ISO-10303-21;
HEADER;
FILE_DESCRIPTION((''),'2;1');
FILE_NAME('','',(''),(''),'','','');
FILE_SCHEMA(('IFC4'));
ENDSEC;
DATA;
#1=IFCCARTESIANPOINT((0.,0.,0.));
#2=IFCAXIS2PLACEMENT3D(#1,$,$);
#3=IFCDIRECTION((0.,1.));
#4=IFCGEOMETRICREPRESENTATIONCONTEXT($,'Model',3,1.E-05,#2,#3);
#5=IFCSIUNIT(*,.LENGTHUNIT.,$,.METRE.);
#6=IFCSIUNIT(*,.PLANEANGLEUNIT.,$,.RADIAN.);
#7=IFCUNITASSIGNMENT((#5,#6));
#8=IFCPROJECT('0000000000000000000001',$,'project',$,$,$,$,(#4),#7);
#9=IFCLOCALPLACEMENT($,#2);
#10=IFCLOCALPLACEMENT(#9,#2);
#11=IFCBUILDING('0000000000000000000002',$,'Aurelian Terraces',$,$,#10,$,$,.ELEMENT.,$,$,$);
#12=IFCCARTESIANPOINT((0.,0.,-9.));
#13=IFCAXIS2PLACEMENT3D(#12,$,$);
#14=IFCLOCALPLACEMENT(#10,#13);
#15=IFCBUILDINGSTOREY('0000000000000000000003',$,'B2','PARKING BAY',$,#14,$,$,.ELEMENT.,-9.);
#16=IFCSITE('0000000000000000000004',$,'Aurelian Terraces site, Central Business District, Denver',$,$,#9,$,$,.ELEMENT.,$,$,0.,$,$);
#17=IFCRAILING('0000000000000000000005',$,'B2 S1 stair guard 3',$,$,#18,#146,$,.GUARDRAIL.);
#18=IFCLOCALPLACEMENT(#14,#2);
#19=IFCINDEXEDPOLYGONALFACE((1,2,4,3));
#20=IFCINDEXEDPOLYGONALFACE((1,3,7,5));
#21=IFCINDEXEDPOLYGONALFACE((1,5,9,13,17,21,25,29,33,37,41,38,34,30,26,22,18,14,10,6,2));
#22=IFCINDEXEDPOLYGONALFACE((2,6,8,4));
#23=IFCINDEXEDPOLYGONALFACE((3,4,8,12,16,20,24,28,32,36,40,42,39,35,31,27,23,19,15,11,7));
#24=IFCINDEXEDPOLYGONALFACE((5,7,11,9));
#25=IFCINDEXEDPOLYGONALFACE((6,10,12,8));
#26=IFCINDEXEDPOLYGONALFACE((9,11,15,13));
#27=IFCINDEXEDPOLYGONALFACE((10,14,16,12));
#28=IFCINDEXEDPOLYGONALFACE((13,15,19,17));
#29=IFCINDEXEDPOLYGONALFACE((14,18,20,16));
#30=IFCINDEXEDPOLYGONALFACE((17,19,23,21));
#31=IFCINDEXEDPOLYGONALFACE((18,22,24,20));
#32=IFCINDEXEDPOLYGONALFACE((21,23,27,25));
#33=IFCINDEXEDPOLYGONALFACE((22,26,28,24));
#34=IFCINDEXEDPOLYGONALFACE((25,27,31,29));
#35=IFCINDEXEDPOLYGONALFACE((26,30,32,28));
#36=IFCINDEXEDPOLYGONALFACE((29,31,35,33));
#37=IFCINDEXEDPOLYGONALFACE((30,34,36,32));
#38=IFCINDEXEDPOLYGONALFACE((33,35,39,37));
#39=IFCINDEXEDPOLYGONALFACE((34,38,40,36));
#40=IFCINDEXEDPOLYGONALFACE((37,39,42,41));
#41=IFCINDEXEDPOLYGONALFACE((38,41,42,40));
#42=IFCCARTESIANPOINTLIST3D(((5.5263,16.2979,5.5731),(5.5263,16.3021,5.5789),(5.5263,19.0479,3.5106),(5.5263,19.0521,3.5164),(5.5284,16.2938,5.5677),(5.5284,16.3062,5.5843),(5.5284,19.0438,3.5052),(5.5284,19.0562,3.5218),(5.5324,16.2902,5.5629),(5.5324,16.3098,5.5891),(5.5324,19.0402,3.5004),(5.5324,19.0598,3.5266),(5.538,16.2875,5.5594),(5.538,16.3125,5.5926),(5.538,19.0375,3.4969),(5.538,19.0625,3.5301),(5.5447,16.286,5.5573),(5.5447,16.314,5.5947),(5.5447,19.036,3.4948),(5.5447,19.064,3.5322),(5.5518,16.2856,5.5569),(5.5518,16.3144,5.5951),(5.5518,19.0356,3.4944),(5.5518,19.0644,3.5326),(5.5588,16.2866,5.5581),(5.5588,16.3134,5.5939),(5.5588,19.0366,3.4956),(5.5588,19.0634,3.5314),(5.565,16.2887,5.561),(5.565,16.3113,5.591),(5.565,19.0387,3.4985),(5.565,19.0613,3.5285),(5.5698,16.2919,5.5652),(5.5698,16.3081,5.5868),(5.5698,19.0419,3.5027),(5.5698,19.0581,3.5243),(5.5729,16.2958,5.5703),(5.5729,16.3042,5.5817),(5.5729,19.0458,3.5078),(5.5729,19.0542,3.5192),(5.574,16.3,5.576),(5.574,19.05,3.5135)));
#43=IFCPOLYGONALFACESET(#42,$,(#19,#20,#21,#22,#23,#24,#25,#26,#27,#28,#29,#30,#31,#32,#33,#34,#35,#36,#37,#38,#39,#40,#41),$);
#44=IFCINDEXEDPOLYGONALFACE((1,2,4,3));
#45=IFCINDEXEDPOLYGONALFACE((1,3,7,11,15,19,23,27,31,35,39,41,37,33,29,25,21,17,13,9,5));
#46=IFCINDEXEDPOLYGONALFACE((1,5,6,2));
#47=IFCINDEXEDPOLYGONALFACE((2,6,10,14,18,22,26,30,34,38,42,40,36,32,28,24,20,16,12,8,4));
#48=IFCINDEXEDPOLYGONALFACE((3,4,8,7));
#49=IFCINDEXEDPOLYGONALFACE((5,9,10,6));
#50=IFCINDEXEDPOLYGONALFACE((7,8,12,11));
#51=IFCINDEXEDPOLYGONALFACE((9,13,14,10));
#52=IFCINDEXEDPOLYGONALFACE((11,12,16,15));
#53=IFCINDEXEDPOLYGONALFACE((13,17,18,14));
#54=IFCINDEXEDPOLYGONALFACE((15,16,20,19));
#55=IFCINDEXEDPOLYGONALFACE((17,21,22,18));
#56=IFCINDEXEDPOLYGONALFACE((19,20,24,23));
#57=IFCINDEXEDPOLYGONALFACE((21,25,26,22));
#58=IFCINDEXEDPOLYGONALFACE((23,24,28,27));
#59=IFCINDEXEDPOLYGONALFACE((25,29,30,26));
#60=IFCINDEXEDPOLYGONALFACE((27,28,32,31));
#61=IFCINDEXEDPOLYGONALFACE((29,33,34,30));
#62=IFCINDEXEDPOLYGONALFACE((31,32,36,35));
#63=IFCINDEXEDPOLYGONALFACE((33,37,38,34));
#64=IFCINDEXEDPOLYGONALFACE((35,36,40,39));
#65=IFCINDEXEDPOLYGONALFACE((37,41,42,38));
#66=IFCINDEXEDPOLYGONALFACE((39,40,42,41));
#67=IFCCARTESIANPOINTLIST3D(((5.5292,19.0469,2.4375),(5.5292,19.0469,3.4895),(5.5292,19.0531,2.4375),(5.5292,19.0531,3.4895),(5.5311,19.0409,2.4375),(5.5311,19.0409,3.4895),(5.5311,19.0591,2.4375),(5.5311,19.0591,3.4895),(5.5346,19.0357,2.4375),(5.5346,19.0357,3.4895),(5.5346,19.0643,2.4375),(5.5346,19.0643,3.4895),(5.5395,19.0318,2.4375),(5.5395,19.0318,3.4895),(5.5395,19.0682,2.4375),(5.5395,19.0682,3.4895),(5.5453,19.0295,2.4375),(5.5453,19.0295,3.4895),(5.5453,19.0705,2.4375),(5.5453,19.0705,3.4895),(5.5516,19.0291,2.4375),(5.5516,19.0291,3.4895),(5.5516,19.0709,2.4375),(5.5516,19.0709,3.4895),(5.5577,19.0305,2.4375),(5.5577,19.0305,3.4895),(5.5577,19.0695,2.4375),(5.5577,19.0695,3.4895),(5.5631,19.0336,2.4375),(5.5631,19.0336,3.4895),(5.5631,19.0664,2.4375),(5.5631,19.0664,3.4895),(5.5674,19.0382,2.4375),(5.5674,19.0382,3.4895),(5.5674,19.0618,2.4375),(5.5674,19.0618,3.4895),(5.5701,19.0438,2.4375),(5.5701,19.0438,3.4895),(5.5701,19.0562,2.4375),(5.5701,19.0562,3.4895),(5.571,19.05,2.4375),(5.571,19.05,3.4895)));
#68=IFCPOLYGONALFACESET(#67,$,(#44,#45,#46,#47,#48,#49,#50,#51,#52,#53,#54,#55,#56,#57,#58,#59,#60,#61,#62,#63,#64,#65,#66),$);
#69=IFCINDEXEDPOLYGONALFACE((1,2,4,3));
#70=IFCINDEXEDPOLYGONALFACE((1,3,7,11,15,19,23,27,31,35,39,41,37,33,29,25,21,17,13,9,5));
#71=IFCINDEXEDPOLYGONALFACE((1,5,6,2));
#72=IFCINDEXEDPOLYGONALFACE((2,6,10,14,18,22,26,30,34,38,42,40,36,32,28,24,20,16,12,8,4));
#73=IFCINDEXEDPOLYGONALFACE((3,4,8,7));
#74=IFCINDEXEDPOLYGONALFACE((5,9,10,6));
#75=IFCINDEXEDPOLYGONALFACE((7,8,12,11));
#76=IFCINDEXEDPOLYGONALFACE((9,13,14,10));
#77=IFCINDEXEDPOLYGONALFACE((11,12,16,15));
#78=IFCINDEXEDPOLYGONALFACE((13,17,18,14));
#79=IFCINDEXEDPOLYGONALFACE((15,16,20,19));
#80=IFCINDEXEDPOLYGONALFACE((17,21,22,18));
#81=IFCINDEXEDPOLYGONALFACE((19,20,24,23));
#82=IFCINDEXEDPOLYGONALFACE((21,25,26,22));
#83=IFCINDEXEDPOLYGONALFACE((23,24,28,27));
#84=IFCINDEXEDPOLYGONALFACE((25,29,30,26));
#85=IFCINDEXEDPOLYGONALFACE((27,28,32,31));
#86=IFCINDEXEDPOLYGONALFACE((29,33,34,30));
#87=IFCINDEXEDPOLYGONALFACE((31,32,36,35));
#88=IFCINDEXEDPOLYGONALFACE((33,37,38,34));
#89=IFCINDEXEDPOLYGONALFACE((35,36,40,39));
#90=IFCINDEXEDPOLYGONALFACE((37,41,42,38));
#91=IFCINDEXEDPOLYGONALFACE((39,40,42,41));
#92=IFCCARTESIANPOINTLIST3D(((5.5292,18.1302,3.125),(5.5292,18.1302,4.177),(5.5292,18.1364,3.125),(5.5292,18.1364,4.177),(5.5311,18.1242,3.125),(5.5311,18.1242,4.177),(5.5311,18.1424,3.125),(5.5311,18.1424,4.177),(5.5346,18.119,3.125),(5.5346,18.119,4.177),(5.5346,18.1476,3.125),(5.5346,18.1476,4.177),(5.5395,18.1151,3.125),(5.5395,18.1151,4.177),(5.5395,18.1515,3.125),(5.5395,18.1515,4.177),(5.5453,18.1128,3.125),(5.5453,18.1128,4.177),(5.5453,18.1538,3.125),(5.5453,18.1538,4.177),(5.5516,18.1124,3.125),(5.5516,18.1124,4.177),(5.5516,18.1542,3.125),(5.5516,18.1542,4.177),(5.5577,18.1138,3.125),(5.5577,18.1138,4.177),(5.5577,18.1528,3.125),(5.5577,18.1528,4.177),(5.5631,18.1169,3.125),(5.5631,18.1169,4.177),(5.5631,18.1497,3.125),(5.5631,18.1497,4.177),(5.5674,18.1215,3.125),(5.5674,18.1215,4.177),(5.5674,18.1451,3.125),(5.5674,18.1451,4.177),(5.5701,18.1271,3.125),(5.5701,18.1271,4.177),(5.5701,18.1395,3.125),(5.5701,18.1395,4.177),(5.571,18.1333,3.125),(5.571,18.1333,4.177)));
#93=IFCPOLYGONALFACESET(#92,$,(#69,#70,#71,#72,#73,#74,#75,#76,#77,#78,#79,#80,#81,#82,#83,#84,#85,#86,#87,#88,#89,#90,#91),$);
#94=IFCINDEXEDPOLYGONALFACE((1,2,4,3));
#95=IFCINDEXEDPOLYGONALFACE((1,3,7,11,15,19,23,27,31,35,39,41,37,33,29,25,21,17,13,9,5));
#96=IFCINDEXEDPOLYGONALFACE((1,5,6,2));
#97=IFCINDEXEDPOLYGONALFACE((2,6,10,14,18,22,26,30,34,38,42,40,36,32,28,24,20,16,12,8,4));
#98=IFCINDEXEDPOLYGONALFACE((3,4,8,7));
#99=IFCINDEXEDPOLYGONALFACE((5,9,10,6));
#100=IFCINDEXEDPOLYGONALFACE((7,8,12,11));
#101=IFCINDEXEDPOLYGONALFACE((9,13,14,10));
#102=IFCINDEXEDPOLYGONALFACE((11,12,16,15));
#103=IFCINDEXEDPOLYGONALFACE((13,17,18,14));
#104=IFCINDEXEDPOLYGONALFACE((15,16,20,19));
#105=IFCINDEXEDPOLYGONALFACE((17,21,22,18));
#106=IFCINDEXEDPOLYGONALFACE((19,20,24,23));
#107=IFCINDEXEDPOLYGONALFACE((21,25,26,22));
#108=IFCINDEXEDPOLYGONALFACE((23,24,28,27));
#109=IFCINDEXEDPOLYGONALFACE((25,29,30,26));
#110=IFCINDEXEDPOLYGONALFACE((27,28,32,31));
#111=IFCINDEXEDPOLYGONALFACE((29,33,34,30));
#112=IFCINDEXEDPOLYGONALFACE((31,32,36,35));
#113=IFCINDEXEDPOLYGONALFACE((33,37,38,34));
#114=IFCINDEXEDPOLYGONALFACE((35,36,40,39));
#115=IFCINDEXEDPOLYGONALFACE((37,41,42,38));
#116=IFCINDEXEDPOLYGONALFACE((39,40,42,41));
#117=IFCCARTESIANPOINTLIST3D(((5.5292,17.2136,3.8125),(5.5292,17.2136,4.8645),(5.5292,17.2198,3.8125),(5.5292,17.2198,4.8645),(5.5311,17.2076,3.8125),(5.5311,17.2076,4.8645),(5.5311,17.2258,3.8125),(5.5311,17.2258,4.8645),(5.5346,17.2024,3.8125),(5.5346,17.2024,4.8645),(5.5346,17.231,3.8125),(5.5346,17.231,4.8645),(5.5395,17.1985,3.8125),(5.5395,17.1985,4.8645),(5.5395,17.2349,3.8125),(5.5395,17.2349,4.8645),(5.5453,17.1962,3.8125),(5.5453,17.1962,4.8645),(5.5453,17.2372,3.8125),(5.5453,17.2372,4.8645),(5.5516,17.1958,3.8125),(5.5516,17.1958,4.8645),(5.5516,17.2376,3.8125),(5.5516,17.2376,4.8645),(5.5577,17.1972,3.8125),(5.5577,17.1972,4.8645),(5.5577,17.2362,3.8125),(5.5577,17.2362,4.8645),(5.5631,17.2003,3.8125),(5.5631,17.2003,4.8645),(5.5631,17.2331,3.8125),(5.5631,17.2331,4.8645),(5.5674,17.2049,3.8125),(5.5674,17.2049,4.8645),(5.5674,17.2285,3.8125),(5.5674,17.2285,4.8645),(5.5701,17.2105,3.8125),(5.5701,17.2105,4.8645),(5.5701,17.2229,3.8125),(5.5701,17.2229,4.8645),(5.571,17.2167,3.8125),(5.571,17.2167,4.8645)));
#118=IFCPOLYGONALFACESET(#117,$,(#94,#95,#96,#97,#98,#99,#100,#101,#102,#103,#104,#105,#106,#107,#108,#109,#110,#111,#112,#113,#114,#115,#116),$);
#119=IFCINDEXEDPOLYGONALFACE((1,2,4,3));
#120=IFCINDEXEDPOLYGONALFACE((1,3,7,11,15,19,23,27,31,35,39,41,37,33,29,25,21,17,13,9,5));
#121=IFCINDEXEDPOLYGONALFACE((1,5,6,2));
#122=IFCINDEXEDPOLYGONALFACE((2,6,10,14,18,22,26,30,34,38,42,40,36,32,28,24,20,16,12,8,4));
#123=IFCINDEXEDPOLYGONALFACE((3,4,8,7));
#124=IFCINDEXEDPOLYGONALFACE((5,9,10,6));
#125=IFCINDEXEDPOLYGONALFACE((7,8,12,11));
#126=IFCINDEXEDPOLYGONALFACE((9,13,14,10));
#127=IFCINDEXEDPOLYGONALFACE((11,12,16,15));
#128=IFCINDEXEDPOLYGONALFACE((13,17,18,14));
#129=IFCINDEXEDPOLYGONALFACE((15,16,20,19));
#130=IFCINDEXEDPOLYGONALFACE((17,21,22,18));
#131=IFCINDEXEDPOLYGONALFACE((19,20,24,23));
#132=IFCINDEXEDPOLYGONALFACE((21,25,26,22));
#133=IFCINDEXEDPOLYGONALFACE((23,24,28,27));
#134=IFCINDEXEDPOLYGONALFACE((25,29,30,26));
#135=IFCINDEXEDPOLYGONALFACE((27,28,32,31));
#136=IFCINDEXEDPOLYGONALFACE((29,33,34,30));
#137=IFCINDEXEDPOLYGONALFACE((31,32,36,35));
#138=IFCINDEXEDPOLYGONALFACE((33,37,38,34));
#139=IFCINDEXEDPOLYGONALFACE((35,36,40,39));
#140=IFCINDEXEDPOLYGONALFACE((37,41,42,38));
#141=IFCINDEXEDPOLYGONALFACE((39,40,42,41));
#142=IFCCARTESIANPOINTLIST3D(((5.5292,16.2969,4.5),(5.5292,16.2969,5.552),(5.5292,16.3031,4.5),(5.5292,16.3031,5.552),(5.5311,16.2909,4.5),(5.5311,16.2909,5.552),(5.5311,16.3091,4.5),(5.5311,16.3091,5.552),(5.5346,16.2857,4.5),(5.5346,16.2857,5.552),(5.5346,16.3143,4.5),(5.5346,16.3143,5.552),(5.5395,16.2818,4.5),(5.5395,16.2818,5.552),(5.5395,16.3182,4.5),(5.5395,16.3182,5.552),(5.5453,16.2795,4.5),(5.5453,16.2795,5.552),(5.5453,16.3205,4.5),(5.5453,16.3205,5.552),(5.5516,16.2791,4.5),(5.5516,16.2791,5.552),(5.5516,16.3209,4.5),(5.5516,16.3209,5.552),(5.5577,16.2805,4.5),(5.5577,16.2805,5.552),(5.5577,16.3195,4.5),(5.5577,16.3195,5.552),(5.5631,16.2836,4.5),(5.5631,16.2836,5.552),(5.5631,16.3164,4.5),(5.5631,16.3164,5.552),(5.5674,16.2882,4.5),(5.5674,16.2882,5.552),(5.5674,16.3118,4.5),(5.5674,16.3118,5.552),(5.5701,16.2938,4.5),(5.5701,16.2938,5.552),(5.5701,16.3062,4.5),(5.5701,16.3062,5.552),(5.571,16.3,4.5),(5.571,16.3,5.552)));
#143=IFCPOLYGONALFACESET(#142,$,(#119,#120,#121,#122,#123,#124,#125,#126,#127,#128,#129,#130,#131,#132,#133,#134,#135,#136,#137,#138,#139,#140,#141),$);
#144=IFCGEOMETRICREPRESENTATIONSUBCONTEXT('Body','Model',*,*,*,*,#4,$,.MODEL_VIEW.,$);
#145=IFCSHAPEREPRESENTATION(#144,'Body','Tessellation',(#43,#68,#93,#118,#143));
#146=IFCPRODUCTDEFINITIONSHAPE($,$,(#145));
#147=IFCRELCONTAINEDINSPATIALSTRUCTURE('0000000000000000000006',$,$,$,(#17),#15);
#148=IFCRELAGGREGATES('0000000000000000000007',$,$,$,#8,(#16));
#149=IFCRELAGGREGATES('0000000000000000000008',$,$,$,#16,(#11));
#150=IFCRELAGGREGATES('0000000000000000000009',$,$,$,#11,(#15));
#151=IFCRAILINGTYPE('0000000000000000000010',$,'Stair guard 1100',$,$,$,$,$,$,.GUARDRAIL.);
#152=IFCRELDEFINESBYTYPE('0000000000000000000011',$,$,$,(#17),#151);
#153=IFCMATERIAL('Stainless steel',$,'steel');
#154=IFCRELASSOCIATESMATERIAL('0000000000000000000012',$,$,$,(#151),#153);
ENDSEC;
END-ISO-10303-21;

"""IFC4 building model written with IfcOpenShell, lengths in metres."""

from ifc_helpers import new_model, si_unit, direction, frame, origin, origin_2d, place, context, subcontext, project, spatial, circle, extrude, source, transform, mapped, material, type_object, element, save


model = new_model("IFC4")

# Units and contexts
model_context = context("Model", 3, precision=1e-05, world=origin(), true_north=direction((0.0, 1.0)))
body_context = subcontext(model_context, "Body", "Model", "MODEL_VIEW")
ifc_project = project(units=[si_unit("LENGTHUNIT", "METRE"), si_unit("PLANEANGLEUNIT", "RADIAN")], contexts=[model_context])

# Site, building, storey
site_placement = place(None, origin())
site = spatial("IfcSite", under=ifc_project, at=site_placement, Name="Aurelian Terraces site, Central Business District, Denver", CompositionType="ELEMENT", RefElevation=0.0)
building_placement = place(site_placement, origin())
building = spatial("IfcBuilding", under=site, at=building_placement, Name="Aurelian Terraces", CompositionType="ELEMENT")
storey_placement = place(building_placement, frame((0.0, 0.0, -9.0)))
storey = spatial("IfcBuildingStorey", under=building, at=storey_placement, Name="B2", Description="PARKING BAY", CompositionType="ELEMENT", Elevation=-9.0)

# Shared definitions
ifc_material_1 = material(Name="Stainless steel", Category="steel")

# Railing
railing_type_1 = type_object("IfcRailingType", Name="Stair guard 1100", PredefinedType="GUARDRAIL", material=ifc_material_1)
shared_shape_1 = source(origin(), body_context, "Body", "SweptSolid", [
    extrude(circle(Radius=0.024, at=origin_2d()), frame((0.0, 0.0, 1.076), z_axis=(0.0, -0.8, 0.6), x_axis=(1.0, 0.0, 0.0)), (0.0, 0.0, 1.0), 3.4375),
    extrude(circle(Radius=0.021, at=origin_2d()), origin(), (0.0, 0.0, 1.0), 1.052),
    extrude(circle(Radius=0.021, at=origin_2d()), frame((0.0, -0.9167, 0.6875)), (0.0, 0.0, 1.0), 1.052),
    extrude(circle(Radius=0.021, at=origin_2d()), frame((0.0, -1.8333, 1.375)), (0.0, 0.0, 1.0), 1.052),
    extrude(circle(Radius=0.021, at=origin_2d()), frame((0.0, -2.75, 2.0625)), (0.0, 0.0, 1.0), 1.052),
])
railing_1_placement = place(storey_placement, frame((5.55, 19.05, 2.4375)))
element("IfcRailing", 1, at=railing_1_placement, inside=storey, type_object=railing_type_1, Name="B2 S1 stair guard 3", PredefinedType="GUARDRAIL", context=body_context, shape_type="MappedRepresentation", body=[
    mapped(shared_shape_1, transform((0.0, 0.0, 0.0), scale=1.0)),
])

save(model, "model.ifc")
